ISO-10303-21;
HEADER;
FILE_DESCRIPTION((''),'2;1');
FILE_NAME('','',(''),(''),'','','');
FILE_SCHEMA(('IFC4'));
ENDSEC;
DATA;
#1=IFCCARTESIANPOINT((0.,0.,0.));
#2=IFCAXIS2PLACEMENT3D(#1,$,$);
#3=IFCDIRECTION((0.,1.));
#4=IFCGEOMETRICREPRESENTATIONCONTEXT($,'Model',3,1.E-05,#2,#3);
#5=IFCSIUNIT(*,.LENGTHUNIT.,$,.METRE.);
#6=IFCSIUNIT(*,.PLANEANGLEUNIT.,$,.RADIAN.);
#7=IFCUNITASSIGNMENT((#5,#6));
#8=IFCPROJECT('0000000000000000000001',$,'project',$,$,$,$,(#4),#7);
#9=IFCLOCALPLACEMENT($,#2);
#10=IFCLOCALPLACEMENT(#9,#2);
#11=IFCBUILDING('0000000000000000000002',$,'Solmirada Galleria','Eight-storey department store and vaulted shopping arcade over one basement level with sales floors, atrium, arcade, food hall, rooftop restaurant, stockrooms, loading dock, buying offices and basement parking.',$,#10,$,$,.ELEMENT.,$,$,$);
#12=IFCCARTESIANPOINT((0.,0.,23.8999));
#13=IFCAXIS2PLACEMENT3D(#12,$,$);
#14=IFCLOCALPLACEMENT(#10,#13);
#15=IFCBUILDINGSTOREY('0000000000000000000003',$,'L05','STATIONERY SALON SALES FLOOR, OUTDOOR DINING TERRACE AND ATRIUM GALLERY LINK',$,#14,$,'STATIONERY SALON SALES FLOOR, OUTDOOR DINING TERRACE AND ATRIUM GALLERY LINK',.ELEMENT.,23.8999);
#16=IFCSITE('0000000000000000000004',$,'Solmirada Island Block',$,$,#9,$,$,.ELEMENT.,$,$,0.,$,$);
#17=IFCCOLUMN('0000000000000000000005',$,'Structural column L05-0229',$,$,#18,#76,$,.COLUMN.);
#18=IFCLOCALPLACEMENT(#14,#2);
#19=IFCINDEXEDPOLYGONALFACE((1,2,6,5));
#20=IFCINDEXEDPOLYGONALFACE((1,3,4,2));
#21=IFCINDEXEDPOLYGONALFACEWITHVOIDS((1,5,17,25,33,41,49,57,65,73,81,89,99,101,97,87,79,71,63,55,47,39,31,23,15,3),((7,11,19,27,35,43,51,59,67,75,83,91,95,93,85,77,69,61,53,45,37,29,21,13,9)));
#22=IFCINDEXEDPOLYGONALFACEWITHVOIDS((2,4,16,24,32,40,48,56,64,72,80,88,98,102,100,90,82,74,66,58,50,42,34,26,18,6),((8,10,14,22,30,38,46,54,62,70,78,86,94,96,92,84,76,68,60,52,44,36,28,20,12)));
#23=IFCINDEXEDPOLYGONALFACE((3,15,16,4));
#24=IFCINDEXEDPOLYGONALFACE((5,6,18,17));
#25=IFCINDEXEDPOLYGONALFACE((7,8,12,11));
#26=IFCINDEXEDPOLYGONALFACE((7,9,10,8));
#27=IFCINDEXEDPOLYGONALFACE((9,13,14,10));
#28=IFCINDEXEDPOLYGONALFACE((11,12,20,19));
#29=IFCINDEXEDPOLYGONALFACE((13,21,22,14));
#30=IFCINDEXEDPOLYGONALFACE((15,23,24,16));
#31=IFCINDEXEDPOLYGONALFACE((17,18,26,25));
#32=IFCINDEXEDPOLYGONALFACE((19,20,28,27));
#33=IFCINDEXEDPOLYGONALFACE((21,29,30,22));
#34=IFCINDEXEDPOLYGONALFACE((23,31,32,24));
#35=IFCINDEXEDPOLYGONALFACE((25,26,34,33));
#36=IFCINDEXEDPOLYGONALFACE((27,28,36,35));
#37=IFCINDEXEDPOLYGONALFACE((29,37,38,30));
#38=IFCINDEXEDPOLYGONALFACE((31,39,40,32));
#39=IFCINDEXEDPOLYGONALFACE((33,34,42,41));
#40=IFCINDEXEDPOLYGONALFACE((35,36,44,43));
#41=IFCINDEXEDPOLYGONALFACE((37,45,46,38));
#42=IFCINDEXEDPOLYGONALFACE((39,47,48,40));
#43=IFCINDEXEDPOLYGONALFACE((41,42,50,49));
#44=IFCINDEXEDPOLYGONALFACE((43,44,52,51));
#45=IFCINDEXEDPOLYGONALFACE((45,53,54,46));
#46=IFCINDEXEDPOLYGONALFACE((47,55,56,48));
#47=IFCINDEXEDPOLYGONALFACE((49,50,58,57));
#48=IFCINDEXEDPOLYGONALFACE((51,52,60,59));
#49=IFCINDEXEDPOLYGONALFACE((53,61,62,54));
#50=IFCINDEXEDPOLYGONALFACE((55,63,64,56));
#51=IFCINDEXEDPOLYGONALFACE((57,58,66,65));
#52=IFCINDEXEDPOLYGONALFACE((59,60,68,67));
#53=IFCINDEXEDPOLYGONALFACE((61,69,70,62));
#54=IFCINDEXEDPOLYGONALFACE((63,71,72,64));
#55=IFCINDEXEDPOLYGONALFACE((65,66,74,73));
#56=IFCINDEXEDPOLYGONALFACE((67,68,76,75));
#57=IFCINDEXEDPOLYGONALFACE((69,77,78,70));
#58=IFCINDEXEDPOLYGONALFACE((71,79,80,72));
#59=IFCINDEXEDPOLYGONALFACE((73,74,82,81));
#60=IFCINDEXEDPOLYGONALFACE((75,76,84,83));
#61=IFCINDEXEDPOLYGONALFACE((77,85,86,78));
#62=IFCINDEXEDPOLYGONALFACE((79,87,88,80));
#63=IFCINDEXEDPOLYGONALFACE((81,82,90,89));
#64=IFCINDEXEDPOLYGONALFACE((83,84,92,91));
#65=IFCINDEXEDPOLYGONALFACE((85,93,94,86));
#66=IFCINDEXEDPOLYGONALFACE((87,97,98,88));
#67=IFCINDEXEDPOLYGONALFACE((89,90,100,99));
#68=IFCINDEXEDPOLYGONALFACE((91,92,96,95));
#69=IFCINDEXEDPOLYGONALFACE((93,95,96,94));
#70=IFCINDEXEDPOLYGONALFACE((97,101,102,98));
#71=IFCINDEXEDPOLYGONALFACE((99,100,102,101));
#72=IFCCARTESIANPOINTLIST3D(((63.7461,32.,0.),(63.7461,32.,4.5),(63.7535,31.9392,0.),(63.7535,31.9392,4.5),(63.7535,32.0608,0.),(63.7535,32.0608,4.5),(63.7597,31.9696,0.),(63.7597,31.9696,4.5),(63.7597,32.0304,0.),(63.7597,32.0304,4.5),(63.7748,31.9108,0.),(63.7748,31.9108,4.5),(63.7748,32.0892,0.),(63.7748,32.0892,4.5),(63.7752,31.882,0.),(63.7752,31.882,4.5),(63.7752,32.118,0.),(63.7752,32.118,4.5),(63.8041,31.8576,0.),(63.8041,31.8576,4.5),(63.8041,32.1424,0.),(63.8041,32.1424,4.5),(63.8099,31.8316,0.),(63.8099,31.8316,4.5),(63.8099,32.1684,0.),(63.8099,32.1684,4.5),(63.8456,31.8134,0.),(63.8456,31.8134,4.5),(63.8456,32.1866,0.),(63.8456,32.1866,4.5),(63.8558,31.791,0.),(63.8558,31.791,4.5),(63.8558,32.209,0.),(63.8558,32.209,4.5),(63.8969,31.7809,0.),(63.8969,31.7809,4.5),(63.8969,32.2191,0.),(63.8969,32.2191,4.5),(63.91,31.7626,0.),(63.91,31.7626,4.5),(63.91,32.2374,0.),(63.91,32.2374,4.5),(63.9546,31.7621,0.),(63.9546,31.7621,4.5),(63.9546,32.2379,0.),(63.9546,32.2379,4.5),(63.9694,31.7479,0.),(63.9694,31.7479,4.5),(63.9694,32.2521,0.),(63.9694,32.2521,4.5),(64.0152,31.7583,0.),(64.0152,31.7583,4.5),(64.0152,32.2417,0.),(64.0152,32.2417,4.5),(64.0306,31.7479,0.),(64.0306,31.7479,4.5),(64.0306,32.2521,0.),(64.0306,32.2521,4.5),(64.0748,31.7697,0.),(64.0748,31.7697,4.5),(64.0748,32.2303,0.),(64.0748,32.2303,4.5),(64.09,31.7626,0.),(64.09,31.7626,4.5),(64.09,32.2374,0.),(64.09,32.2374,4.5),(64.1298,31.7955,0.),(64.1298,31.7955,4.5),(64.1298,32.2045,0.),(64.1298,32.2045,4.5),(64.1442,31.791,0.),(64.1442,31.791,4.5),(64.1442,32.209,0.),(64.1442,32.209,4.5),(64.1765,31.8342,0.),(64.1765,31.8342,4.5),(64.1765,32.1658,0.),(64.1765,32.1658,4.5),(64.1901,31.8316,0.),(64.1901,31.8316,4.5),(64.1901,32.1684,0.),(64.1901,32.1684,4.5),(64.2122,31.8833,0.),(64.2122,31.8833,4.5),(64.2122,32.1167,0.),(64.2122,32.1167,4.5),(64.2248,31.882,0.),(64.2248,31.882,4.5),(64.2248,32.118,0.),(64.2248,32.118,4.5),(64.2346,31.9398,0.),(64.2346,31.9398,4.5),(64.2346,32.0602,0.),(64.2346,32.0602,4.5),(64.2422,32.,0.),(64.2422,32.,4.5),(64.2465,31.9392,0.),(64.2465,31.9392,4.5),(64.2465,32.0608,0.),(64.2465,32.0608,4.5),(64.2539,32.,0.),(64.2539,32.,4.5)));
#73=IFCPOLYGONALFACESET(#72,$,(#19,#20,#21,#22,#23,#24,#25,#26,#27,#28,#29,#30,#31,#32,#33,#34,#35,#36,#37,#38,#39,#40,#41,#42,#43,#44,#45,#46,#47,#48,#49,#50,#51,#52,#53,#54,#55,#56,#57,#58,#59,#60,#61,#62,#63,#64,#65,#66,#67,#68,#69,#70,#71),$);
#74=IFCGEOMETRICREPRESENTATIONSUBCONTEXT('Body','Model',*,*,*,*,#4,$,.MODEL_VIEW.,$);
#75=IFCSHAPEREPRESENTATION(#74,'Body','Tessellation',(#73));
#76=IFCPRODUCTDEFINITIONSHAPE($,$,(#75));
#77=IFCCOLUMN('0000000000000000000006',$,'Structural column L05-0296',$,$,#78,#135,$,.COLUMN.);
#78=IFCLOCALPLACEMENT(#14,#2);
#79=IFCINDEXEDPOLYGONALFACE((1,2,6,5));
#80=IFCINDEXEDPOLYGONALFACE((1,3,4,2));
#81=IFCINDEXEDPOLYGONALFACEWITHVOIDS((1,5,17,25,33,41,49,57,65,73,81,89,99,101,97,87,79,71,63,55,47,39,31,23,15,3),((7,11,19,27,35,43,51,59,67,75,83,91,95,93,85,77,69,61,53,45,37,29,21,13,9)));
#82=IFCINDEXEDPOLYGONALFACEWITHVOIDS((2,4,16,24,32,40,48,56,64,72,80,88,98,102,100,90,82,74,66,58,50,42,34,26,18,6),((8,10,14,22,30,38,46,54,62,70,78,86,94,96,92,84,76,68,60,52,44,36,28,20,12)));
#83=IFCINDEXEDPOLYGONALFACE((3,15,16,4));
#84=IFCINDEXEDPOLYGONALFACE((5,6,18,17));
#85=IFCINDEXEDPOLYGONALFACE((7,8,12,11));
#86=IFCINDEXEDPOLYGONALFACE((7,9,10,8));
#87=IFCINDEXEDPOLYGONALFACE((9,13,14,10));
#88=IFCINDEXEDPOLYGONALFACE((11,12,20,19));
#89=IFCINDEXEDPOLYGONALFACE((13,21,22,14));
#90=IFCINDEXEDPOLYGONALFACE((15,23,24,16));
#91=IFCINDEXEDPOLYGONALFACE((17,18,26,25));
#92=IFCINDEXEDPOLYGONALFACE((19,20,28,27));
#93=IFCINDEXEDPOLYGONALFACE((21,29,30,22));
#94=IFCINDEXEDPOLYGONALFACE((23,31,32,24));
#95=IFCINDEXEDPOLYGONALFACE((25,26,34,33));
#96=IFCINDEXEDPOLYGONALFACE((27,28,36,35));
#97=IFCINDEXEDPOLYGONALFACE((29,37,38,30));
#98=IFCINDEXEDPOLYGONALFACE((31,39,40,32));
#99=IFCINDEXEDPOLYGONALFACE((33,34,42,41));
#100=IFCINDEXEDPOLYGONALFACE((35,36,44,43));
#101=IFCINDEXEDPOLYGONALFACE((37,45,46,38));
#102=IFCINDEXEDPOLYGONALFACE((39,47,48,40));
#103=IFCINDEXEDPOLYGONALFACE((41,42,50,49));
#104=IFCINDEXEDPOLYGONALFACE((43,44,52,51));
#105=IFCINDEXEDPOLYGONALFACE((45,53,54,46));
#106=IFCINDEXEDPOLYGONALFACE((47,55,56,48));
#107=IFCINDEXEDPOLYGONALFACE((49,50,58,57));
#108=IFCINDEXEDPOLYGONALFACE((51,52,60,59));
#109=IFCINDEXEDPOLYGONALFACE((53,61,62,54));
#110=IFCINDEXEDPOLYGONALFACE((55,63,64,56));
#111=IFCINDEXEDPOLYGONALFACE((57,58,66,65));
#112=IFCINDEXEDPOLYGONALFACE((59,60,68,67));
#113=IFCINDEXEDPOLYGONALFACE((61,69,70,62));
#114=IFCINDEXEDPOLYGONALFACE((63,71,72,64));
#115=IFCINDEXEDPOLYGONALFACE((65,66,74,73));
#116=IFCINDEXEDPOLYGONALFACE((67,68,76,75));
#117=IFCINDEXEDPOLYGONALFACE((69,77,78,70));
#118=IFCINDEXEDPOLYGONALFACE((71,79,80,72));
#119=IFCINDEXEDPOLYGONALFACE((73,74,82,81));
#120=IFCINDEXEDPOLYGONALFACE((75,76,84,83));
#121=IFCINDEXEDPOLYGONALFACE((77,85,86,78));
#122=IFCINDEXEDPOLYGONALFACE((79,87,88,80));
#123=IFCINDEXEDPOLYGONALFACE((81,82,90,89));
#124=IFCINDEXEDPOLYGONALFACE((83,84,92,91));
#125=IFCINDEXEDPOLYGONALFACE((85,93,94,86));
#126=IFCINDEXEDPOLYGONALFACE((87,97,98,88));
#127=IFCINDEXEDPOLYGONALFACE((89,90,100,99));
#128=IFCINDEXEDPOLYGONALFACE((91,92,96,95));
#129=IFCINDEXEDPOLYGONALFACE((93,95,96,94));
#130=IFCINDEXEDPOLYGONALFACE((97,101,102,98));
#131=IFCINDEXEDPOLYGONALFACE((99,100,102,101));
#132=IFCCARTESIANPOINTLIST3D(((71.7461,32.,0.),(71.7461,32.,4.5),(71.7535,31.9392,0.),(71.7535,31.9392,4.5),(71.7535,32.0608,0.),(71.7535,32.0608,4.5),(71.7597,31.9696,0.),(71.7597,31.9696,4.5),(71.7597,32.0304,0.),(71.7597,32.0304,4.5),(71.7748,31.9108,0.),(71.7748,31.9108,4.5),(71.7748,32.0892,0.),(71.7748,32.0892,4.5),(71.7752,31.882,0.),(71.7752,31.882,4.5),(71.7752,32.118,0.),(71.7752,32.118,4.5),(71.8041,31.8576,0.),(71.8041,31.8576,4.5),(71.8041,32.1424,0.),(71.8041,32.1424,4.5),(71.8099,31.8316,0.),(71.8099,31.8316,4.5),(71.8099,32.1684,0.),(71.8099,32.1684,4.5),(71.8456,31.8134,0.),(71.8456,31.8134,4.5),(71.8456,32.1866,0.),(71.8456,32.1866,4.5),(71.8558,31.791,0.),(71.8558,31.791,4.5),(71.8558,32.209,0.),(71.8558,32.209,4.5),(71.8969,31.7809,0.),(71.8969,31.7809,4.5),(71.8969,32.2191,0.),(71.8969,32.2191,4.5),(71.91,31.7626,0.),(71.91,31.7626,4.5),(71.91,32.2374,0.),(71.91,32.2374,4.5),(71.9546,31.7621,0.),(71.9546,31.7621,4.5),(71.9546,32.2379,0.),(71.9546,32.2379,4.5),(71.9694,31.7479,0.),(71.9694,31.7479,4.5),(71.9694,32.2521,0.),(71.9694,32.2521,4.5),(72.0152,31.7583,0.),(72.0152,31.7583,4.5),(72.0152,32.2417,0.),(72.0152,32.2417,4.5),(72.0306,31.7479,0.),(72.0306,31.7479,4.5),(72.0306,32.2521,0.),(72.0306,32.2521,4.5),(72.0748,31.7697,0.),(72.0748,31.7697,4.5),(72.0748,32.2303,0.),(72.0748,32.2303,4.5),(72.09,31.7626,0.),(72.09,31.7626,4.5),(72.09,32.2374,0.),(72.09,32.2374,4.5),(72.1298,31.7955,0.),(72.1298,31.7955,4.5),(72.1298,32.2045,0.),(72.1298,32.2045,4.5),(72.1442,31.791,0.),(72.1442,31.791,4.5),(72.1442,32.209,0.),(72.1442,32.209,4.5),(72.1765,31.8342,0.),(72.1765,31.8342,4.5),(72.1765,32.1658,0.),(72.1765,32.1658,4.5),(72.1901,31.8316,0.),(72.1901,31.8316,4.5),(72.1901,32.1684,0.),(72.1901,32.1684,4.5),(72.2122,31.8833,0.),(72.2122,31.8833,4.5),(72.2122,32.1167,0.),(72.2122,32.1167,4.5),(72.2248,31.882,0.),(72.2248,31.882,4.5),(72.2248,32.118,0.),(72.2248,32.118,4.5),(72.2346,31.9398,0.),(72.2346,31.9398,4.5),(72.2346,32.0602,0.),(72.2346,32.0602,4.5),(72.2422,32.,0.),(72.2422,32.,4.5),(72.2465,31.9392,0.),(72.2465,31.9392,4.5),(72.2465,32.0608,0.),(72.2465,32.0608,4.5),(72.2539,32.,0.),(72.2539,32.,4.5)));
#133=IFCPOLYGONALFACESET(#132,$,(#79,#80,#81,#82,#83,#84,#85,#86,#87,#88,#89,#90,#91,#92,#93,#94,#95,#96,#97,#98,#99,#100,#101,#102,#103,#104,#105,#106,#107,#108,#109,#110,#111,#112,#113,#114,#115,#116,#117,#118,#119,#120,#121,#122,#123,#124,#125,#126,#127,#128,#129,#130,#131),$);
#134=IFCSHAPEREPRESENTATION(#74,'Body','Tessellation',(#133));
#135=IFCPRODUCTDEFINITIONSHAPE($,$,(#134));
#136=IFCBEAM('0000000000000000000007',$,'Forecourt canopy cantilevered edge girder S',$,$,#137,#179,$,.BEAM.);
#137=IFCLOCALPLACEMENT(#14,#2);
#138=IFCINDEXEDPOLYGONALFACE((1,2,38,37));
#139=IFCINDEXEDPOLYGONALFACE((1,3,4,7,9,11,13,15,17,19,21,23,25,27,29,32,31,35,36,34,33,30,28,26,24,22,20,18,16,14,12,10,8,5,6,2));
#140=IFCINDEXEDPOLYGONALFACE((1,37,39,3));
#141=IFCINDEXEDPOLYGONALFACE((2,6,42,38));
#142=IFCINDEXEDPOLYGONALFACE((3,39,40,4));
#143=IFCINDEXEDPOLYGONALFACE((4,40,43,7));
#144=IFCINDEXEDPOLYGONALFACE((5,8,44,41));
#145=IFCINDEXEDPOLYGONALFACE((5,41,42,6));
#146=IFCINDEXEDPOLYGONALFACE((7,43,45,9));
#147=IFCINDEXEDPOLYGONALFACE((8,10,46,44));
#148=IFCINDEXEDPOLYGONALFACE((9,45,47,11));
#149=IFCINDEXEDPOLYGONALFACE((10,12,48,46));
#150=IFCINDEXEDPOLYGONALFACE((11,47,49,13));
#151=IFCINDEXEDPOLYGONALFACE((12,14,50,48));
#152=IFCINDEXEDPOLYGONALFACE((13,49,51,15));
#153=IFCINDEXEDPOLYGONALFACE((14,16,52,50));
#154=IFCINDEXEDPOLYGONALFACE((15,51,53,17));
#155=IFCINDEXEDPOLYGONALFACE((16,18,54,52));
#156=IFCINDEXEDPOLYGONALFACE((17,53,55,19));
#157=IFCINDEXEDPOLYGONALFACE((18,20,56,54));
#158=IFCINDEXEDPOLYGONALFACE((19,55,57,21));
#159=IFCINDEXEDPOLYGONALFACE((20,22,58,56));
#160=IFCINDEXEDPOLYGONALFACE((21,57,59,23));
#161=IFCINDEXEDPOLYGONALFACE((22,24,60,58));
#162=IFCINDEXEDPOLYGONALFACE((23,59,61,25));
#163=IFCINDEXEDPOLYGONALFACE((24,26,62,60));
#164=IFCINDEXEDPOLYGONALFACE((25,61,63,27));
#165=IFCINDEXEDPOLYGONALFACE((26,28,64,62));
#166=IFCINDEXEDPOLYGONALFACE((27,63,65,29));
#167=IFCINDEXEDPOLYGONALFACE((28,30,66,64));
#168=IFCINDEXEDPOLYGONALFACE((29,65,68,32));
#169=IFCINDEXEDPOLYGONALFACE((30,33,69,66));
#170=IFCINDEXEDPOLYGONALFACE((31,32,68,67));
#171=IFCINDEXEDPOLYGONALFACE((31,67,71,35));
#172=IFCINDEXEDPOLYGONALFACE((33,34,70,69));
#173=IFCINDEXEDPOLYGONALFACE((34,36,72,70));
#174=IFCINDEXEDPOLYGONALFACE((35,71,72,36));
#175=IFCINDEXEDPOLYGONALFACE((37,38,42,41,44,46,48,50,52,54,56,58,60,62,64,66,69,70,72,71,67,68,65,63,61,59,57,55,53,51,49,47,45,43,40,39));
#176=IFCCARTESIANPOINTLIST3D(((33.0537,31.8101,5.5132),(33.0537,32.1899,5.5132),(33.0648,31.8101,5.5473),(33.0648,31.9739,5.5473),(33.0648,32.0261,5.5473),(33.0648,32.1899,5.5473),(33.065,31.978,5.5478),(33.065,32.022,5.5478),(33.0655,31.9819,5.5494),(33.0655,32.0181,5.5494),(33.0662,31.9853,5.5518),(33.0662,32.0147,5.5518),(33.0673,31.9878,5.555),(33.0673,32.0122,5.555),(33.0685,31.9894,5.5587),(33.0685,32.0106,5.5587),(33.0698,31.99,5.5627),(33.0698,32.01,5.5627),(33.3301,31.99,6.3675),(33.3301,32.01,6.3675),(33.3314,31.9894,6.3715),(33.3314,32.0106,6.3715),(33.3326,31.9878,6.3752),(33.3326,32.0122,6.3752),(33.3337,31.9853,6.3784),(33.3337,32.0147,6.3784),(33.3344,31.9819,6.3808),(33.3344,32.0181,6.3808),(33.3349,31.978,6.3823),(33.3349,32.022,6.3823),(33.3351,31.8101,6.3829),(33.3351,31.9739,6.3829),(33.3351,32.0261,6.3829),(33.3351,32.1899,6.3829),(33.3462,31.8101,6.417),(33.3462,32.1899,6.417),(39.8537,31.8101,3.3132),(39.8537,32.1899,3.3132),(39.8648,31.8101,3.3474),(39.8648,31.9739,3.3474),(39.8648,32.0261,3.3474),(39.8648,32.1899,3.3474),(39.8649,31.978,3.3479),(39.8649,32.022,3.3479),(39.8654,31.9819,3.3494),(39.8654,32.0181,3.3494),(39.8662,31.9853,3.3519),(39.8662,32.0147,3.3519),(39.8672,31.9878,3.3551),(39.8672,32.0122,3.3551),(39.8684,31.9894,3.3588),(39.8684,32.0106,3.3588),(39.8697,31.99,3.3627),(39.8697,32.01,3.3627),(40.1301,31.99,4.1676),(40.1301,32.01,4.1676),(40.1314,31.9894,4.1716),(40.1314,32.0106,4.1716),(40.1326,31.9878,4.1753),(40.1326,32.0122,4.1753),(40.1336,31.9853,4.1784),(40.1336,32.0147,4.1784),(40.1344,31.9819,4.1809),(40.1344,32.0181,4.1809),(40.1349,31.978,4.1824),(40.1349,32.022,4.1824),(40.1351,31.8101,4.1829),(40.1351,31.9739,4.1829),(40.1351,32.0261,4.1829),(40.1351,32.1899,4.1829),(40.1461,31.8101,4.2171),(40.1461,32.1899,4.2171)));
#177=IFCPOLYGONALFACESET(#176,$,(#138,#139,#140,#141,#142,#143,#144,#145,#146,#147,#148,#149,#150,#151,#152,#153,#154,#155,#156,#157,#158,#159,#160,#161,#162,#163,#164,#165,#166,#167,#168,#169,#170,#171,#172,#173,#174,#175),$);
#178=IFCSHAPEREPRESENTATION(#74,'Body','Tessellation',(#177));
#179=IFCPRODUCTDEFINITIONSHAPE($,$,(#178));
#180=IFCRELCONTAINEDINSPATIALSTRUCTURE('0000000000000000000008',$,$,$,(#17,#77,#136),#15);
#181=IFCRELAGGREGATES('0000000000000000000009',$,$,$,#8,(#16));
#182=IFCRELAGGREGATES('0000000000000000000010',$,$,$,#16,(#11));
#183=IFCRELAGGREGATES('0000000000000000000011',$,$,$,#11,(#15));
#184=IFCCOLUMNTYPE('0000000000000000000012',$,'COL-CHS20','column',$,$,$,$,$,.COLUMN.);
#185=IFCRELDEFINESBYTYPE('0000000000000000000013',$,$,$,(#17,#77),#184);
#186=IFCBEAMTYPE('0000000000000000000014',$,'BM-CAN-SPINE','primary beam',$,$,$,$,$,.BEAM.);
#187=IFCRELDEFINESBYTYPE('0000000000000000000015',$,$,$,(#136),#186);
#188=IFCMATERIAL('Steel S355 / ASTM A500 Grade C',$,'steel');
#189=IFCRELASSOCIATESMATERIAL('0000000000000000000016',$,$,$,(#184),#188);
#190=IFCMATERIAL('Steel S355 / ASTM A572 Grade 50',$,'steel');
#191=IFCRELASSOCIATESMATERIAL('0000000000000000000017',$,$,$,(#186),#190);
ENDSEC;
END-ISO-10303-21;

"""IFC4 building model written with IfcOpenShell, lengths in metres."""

from ifc_helpers import new_model, si_unit, direction, frame, origin, origin_2d, place, context, subcontext, project, spatial, hollow_circle, i_section, extrude, material, material_profile, profile_set, type_object, element, save


model = new_model("IFC4")

# Units and contexts
model_context = context("Model", 3, precision=1e-05, world=origin(), true_north=direction((0.0, 1.0)))
body_context = subcontext(model_context, "Body", "Model", "MODEL_VIEW")
ifc_project = project(units=[si_unit("LENGTHUNIT", "METRE"), si_unit("PLANEANGLEUNIT", "RADIAN")], contexts=[model_context])

# Site, building, storey
site_placement = place(None, origin())
site = spatial("IfcSite", under=ifc_project, at=site_placement, Name="Solmirada Island Block", CompositionType="ELEMENT", RefElevation=0.0)
building_placement = place(site_placement, origin())
building = spatial("IfcBuilding", under=site, at=building_placement, Name="Solmirada Galleria", Description="Eight-storey department store and vaulted shopping arcade over one basement level with sales floors, atrium, arcade, food hall, rooftop restaurant, stockrooms, loading dock, buying offices and basement parking.", CompositionType="ELEMENT")
storey_placement = place(building_placement, frame((0.0, 0.0, 23.8999)))
storey = spatial("IfcBuildingStorey", under=building, at=storey_placement, Name="L05", Description="STATIONERY SALON SALES FLOOR, OUTDOOR DINING TERRACE AND ATRIUM GALLERY LINK", LongName="STATIONERY SALON SALES FLOOR, OUTDOOR DINING TERRACE AND ATRIUM GALLERY LINK", CompositionType="ELEMENT", Elevation=23.8999)

# Columns
ifc_material_1 = material(Name="Steel S355 / ASTM A500 Grade C", Category="steel")
ifc_material_profile_1 = material_profile(ifc_material_1, hollow_circle(Radius=0.2539, WallThickness=0.0117, at=origin_2d()), Name="HSS20.000X0.500")
ifc_profile_set_1 = profile_set([ifc_material_profile_1], Name="Steel S355 / ASTM A500 Grade C")
column_type = type_object("IfcColumnType", Name="COL-CHS20", Description="column", PredefinedType="COLUMN", material=ifc_profile_set_1)
for number, where, z_axis, x_axis, name in (
    (1, (64.0, 32.0, 0.0), (0.0, 0.0, 1.0), (1.0, 0.0, 0.0), "Structural column L05-0229"),
    (2, (72.0, 32.0, 0.0), (0.0, 0.0, 1.0), (1.0, 0.0, 0.0), "Structural column L05-0296"),
):
    element("IfcColumn", number, at=place(storey_placement, frame(where, z_axis=z_axis, x_axis=x_axis)), inside=storey, type_object=column_type, Name=name, PredefinedType="COLUMN", context=body_context, shape_type="SweptSolid", body=[
        extrude(hollow_circle(Radius=0.2539, WallThickness=0.0117, at=origin_2d()), origin(), (0.0, 0.0, 1.0), 4.5),
    ])

# Beam
ifc_material_2 = material(Name="Steel S355 / ASTM A572 Grade 50", Category="steel")
ifc_material_profile_2 = material_profile(ifc_material_2, i_section(OverallWidth=0.3799, OverallDepth=0.95, WebThickness=0.02, FlangeThickness=0.0359, FilletRadius=0.0161, at=origin_2d()), Name="PG950X380")
ifc_profile_set_2 = profile_set([ifc_material_profile_2], Name="Steel S355 / ASTM A572 Grade 50")
beam_type_1 = type_object("IfcBeamType", Name="BM-CAN-SPINE", Description="primary beam", PredefinedType="BEAM", material=ifc_profile_set_2)
beam_placement = place(storey_placement, frame((33.2, 32.0, 5.9651), z_axis=(0.951447, 0.0, -0.307812), x_axis=(0.0, 1.0, 0.0)))
element("IfcBeam", 3, at=beam_placement, inside=storey, type_object=beam_type_1, Name="Forecourt canopy cantilevered edge girder S", PredefinedType="BEAM", context=body_context, shape_type="SweptSolid", body=[
    extrude(i_section(OverallWidth=0.3799, OverallDepth=0.95, WebThickness=0.02, FlangeThickness=0.0359, FilletRadius=0.0161, at=origin_2d()), origin(), (0.0, 0.0, 1.0), 7.147),
])

save(model, "model.ifc")
